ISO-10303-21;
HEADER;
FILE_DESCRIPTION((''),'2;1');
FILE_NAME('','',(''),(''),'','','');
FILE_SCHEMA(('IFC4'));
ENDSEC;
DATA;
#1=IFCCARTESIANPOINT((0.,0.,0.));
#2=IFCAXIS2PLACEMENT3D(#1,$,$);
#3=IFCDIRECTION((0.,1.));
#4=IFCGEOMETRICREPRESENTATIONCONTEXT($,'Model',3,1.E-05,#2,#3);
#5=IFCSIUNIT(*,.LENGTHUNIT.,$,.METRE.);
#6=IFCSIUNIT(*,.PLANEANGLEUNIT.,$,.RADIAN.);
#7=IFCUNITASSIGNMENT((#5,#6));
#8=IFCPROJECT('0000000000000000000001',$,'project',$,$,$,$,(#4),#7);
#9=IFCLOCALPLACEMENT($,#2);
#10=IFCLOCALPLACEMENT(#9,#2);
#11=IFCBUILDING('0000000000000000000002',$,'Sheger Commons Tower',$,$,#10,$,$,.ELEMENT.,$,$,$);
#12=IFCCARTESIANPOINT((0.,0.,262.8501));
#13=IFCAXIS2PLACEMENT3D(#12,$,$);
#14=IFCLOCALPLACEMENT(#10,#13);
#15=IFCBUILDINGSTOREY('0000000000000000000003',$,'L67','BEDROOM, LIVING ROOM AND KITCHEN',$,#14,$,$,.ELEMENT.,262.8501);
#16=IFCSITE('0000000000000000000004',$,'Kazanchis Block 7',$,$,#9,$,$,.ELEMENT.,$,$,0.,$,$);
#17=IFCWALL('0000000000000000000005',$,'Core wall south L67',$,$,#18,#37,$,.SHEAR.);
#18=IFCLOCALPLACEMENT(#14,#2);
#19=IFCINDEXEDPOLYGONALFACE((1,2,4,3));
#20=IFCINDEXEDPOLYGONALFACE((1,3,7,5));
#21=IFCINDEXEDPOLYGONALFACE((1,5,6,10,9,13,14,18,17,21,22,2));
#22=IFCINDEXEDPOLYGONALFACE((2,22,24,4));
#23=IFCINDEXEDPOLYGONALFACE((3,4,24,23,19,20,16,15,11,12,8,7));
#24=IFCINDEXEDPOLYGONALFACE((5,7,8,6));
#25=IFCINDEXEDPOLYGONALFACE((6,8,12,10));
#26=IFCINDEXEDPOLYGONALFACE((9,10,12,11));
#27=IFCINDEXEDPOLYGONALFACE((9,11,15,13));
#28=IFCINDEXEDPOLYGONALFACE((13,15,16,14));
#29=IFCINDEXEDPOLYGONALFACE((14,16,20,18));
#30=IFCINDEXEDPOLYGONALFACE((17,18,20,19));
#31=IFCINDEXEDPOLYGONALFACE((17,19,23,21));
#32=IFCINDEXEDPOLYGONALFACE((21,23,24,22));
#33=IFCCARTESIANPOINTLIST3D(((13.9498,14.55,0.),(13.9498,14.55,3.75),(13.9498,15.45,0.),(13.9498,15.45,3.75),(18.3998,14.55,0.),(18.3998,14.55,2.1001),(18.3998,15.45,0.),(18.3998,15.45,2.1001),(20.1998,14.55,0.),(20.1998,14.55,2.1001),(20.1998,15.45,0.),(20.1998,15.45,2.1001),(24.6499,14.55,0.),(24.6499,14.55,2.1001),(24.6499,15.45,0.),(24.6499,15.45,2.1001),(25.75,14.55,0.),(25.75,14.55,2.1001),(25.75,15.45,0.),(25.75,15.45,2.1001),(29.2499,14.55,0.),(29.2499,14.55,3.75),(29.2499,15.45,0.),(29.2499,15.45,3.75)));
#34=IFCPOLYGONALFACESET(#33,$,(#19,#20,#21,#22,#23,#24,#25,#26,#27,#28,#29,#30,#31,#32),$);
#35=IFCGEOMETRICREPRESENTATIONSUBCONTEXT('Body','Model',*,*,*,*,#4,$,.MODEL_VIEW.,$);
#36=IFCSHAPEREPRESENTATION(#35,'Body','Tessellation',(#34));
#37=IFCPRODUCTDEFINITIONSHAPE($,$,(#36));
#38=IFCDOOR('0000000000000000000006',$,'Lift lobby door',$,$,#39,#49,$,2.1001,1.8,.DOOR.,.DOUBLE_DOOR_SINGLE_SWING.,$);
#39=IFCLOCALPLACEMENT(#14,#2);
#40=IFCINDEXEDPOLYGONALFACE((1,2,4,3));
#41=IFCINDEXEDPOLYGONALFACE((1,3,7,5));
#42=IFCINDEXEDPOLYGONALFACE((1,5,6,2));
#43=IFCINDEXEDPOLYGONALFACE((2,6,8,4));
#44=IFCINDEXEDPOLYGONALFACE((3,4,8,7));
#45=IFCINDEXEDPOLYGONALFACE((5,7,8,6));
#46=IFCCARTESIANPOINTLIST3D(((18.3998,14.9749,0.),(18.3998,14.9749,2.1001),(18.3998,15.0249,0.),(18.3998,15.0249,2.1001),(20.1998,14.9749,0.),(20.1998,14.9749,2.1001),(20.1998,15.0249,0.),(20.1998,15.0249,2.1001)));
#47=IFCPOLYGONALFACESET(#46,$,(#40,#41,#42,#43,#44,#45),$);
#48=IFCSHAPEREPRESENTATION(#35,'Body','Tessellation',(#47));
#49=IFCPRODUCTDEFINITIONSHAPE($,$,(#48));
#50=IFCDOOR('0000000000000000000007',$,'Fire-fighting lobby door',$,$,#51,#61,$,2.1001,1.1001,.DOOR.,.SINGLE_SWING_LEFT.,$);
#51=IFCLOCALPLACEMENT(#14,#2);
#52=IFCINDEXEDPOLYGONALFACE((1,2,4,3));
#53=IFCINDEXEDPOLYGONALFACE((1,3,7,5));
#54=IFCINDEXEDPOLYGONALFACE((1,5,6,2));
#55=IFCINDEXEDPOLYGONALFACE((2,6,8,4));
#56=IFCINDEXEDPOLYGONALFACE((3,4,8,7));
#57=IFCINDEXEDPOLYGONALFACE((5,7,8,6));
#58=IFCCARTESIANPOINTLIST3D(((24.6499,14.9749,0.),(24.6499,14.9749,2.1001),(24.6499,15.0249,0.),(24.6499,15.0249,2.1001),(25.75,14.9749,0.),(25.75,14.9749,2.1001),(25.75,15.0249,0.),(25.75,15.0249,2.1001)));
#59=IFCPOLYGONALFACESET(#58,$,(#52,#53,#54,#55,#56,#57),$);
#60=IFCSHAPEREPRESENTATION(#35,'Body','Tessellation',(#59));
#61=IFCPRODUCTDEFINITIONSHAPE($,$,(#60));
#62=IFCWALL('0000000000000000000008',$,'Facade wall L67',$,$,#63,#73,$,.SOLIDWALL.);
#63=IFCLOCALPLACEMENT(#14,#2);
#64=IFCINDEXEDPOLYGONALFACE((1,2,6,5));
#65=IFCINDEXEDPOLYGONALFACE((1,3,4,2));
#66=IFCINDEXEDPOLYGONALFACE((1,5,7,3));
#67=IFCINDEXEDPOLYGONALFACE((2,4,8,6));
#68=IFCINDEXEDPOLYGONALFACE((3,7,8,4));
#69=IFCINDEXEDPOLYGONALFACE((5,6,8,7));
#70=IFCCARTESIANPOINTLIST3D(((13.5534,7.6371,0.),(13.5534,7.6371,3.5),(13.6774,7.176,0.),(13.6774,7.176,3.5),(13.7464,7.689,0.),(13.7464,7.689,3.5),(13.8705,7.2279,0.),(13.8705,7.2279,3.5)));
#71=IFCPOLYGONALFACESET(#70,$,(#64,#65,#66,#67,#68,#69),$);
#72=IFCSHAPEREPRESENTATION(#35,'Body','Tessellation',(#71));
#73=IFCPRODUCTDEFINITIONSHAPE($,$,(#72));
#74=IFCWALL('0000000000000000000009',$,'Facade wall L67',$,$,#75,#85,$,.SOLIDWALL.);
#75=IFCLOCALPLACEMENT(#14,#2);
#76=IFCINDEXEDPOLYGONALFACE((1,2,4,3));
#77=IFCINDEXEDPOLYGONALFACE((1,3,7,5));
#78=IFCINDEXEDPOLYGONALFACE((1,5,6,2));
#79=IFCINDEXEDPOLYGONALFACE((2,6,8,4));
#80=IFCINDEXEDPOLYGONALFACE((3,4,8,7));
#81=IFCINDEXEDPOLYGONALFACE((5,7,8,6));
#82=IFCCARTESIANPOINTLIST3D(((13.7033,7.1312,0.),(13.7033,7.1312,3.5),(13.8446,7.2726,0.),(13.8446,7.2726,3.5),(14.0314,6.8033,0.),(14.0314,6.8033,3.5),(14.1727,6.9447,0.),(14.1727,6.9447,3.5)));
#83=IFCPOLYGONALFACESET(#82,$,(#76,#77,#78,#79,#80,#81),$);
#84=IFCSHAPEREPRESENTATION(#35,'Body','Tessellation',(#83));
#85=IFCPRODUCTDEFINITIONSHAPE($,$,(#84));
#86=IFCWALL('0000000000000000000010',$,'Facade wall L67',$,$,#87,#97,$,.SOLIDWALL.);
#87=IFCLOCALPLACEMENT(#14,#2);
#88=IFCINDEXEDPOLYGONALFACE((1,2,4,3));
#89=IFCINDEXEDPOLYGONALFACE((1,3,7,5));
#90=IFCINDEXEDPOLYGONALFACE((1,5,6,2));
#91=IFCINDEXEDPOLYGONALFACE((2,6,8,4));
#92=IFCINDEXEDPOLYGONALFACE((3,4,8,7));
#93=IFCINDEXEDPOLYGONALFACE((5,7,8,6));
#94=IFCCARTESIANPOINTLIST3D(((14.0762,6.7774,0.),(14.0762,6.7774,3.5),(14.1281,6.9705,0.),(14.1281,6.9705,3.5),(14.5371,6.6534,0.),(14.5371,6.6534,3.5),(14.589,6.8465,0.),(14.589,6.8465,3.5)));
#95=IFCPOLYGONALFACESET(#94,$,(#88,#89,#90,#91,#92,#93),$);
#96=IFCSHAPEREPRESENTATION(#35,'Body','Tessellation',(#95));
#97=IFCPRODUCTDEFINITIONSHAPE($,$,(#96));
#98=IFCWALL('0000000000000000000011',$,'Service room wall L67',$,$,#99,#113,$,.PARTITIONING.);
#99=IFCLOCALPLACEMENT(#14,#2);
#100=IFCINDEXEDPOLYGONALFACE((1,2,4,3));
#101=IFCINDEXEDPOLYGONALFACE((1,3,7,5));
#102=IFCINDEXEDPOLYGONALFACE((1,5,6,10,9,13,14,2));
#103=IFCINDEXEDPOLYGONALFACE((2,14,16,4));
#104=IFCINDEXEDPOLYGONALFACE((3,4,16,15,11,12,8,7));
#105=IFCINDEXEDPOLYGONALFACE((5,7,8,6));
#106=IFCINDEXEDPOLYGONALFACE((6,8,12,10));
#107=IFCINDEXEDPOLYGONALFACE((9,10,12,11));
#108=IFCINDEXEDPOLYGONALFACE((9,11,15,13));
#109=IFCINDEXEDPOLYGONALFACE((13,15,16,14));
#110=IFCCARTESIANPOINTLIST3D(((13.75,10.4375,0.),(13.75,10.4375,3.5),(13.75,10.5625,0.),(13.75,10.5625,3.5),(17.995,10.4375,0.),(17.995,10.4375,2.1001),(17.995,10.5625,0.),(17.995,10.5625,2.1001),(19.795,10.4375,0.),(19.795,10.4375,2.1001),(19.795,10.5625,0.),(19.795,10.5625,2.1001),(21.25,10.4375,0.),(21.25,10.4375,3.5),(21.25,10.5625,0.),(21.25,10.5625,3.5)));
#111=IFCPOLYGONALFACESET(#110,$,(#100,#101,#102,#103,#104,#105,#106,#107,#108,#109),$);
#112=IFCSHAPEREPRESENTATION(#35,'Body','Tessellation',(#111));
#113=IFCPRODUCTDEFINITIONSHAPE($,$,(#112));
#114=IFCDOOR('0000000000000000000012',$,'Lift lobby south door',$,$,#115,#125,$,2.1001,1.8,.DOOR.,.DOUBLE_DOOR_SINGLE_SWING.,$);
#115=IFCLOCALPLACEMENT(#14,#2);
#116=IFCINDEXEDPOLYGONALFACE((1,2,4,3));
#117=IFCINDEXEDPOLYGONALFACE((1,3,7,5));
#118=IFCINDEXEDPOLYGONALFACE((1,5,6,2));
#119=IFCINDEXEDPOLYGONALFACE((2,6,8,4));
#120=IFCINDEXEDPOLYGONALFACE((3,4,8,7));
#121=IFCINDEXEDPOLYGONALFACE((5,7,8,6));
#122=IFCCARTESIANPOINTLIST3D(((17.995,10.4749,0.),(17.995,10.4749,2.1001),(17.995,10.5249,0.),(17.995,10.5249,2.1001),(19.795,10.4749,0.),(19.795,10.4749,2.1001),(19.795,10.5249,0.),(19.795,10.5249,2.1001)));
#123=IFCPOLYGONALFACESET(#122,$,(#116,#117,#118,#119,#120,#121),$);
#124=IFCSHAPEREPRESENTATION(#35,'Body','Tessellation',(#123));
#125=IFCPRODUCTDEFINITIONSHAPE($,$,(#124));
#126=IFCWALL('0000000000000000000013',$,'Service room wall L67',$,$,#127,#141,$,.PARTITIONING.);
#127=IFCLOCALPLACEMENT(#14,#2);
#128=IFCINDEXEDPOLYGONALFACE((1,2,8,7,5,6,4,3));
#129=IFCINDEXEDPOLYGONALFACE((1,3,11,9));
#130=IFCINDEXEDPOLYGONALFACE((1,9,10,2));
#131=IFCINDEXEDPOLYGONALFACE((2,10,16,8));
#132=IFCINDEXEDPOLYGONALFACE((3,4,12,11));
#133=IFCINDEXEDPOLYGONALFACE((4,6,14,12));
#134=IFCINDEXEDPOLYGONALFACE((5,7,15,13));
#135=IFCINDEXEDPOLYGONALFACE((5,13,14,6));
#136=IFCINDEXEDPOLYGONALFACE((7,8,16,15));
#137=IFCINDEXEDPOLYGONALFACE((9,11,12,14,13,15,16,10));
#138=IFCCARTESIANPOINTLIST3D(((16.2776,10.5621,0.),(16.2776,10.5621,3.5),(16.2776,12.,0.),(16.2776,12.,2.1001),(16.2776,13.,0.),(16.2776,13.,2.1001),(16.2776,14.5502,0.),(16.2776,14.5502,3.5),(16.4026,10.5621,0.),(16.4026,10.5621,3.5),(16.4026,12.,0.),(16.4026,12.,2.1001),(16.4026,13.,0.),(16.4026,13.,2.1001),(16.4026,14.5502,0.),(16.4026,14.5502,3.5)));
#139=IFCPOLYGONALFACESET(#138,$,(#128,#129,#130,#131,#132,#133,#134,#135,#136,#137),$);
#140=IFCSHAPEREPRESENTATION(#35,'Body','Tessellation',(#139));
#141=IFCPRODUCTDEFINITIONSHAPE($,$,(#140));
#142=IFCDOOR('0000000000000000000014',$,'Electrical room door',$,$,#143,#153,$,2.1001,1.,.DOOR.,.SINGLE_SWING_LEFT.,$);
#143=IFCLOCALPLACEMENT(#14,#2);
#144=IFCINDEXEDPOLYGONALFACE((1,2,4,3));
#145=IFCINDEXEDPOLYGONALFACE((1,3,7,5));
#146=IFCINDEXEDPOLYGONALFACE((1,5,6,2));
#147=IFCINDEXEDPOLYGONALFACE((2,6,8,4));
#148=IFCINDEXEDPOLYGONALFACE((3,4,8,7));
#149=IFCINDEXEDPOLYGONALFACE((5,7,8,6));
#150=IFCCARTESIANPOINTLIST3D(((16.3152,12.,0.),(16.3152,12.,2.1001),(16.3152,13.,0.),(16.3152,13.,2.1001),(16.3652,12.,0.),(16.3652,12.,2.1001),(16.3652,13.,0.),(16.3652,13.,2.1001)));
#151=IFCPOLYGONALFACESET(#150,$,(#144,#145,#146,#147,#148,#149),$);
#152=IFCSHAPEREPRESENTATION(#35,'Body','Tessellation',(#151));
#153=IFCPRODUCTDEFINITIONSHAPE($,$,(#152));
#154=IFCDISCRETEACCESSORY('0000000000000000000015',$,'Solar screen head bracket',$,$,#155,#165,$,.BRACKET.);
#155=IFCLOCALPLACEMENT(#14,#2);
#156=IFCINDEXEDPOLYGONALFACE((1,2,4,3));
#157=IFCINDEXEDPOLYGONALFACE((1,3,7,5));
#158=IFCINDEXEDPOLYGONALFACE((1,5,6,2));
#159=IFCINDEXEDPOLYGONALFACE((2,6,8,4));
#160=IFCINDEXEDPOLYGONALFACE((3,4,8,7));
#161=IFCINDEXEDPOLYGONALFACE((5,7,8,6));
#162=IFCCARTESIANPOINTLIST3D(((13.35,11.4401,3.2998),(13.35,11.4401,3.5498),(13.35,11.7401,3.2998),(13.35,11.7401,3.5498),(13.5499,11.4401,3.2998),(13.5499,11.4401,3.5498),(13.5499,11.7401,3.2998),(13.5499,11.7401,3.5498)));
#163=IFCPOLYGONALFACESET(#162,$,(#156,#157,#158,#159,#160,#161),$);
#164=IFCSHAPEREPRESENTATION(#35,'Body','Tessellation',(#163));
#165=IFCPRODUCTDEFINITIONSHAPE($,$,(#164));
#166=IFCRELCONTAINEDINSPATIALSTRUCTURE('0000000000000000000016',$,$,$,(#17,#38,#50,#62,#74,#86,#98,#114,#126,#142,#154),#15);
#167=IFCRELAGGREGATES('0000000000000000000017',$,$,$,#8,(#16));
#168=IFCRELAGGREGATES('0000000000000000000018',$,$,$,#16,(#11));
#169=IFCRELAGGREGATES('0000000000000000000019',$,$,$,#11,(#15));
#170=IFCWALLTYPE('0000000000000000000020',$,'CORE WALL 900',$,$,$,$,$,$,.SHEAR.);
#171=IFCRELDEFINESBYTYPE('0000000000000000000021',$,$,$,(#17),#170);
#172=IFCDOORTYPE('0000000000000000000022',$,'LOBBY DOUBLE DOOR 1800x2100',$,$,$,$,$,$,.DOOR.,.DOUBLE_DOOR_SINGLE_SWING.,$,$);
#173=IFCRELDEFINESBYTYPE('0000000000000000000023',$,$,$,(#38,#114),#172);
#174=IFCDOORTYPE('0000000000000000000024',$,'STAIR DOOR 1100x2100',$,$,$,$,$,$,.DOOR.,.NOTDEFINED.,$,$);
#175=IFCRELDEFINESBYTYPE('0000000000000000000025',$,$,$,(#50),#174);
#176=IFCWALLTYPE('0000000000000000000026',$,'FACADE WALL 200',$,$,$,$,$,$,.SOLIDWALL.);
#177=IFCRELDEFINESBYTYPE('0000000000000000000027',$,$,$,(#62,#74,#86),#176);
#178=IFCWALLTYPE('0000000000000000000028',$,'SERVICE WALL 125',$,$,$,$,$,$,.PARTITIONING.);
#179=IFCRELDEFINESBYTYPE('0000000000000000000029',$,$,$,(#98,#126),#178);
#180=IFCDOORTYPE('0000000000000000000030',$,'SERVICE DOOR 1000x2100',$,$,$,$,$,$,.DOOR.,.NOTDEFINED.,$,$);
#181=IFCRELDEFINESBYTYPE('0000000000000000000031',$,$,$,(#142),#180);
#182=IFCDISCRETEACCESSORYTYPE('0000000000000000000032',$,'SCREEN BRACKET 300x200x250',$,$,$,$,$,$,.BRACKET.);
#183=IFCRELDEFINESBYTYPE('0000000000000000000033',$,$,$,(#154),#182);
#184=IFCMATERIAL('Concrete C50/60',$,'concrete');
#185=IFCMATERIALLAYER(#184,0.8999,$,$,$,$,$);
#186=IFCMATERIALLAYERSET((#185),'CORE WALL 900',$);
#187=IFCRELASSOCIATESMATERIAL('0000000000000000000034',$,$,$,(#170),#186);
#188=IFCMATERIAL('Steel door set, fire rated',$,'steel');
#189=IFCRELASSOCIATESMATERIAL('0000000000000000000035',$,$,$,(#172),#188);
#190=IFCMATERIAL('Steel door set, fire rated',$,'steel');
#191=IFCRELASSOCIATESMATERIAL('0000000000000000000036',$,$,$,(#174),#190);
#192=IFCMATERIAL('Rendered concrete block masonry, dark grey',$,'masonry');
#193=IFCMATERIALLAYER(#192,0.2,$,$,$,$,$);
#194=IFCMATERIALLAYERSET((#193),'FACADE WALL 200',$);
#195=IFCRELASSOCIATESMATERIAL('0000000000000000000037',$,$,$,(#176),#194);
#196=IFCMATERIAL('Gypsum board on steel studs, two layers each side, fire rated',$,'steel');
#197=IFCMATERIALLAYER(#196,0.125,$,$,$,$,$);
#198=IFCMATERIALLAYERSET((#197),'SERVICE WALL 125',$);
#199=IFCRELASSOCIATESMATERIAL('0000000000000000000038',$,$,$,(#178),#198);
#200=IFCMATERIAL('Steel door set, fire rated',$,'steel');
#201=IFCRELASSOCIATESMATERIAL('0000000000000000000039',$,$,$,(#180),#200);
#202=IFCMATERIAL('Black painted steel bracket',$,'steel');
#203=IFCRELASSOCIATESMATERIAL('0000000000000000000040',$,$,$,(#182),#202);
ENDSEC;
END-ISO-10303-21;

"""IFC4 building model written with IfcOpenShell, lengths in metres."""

from ifc_helpers import new_model, si_unit, direction, frame, frame_2d, origin, origin_2d, place, context, subcontext, project, spatial, rectangle, extrude, material, layer, layer_set, type_object, element, fill, save


model = new_model("IFC4")

# Units and contexts
model_context = context("Model", 3, precision=1e-05, world=origin(), true_north=direction((0.0, 1.0)))
body_context = subcontext(model_context, "Body", "Model", "MODEL_VIEW")
ifc_project = project(units=[si_unit("LENGTHUNIT", "METRE"), si_unit("PLANEANGLEUNIT", "RADIAN")], contexts=[model_context])

# Site, building, storey
site_placement = place(None, origin())
site = spatial("IfcSite", under=ifc_project, at=site_placement, Name="Kazanchis Block 7", CompositionType="ELEMENT", RefElevation=0.0)
building_placement = place(site_placement, origin())
building = spatial("IfcBuilding", under=site, at=building_placement, Name="Sheger Commons Tower", CompositionType="ELEMENT")
storey_placement = place(building_placement, frame((0.0, 0.0, 262.8501)))
storey = spatial("IfcBuildingStorey", under=building, at=storey_placement, Name="L67", Description="BEDROOM, LIVING ROOM AND KITCHEN", CompositionType="ELEMENT", Elevation=262.8501)

# Wall, openings, doors
ifc_material_1 = material(Name="Concrete C50/60", Category="concrete")
ifc_layer_1 = layer(ifc_material_1, 0.8999)
ifc_layer_set_1 = layer_set([ifc_layer_1], Name="CORE WALL 900")
wall_type_1 = type_object("IfcWallType", Name="CORE WALL 900", PredefinedType="SHEAR", material=ifc_layer_set_1)
wall_1_placement = place(storey_placement, frame((13.95, 15.0, 0.0), z_axis=(0.0, 0.0, 1.0), x_axis=(1.0, 0.0, 0.0)))
wall_1 = element("IfcWall", 1, at=wall_1_placement, inside=storey, type_object=wall_type_1, Name="Core wall south L67", PredefinedType="SHEAR", context=body_context, shape_type="SweptSolid", body=[
    extrude(rectangle(XDim=15.3, YDim=0.8999, at=frame_2d((7.6499, 0.0))), origin(), (0.0, 0.0, 1.0), 3.75),
])
opening_1_placement = place(wall_1_placement, frame((4.45, 0.0, 0.0)))
opening_1 = element("IfcOpeningElement", 2, at=opening_1_placement, cuts=wall_1, PredefinedType="OPENING", context=body_context, shape_type="SweptSolid", body=[
    extrude(rectangle(XDim=1.8, YDim=2.1001, at=frame_2d((0.8999, 1.05))), frame((0.0, 0.46, 0.0), z_axis=(0.0, -1.0, 0.0), x_axis=(1.0, 0.0, 0.0)), (0.0, 0.0, 1.0), 0.9199),
])
opening_2_placement = place(wall_1_placement, frame((10.7, 0.0, 0.0)))
opening_2 = element("IfcOpeningElement", 3, at=opening_2_placement, cuts=wall_1, PredefinedType="OPENING", context=body_context, shape_type="SweptSolid", body=[
    extrude(rectangle(XDim=1.1001, YDim=2.1001, at=frame_2d((0.55, 1.05))), frame((0.0, 0.46, 0.0), z_axis=(0.0, -1.0, 0.0), x_axis=(1.0, 0.0, 0.0)), (0.0, 0.0, 1.0), 0.9199),
])
ifc_material_2 = material(Name="Steel door set, fire rated", Category="steel")
door_type_1 = type_object("IfcDoorType", Name="LOBBY DOUBLE DOOR 1800x2100", OperationType="DOUBLE_DOOR_SINGLE_SWING", PredefinedType="DOOR", material=ifc_material_2)
door_1_placement = place(opening_1_placement, origin())
door_1 = element("IfcDoor", 4, at=door_1_placement, inside=storey, type_object=door_type_1, Name="Lift lobby door", OperationType="DOUBLE_DOOR_SINGLE_SWING", OverallHeight=2.1001, OverallWidth=1.8, PredefinedType="DOOR", context=body_context, shape_type="SweptSolid", body=[
    extrude(rectangle(XDim=1.8, YDim=2.1001, at=frame_2d((0.8999, 1.05))), frame((0.0, 0.0249, 0.0), z_axis=(0.0, -1.0, 0.0), x_axis=(1.0, 0.0, 0.0)), (0.0, 0.0, 1.0), 0.05),
])
fill(opening_1, door_1)
ifc_material_3 = material(Name="Steel door set, fire rated", Category="steel")
door_type_2 = type_object("IfcDoorType", Name="STAIR DOOR 1100x2100", OperationType="NOTDEFINED", PredefinedType="DOOR", material=ifc_material_3)
door_2_placement = place(opening_2_placement, origin())
door_2 = element("IfcDoor", 5, at=door_2_placement, inside=storey, type_object=door_type_2, Name="Fire-fighting lobby door", OperationType="SINGLE_SWING_LEFT", OverallHeight=2.1001, OverallWidth=1.1001, PredefinedType="DOOR", context=body_context, shape_type="SweptSolid", body=[
    extrude(rectangle(XDim=1.1001, YDim=2.1001, at=frame_2d((0.55, 1.05))), frame((0.0, 0.0249, 0.0), z_axis=(0.0, -1.0, 0.0), x_axis=(1.0, 0.0, 0.0)), (0.0, 0.0, 1.0), 0.05),
])
fill(opening_2, door_2)

# Walls
ifc_material_4 = material(Name="Rendered concrete block masonry, dark grey", Category="masonry")
ifc_layer_2 = layer(ifc_material_4, 0.2)
ifc_layer_set_2 = layer_set([ifc_layer_2], Name="FACADE WALL 200")
wall_type_2 = type_object("IfcWallType", Name="FACADE WALL 200", PredefinedType="SOLIDWALL", material=ifc_layer_set_2)
wall_2_placement = place(storey_placement, frame((13.6499, 7.6631, 0.0), z_axis=(0.0, 0.0, 1.0), x_axis=(0.259698, -0.96569, 0.0)))
element("IfcWall", 6, at=wall_2_placement, inside=storey, type_object=wall_type_2, Name="Facade wall L67", PredefinedType="SOLIDWALL", context=body_context, shape_type="SweptSolid", body=[
    extrude(rectangle(XDim=0.4775, YDim=0.2, at=frame_2d((0.2388, 0.0))), origin(), (0.0, 0.0, 1.0), 3.5),
])
wall_3_placement = place(storey_placement, frame((13.7739, 7.2019, 0.0), z_axis=(0.0, 0.0, 1.0), x_axis=(0.70737, -0.706844, 0.0)))
element("IfcWall", 7, at=wall_3_placement, inside=storey, type_object=wall_type_2, Name="Facade wall L67", PredefinedType="SOLIDWALL", context=body_context, shape_type="SweptSolid", body=[
    extrude(rectangle(XDim=0.4639, YDim=0.2, at=frame_2d((0.2319, 0.0))), origin(), (0.0, 0.0, 1.0), 3.5),
])
wall_4_placement = place(storey_placement, frame((14.1021, 6.874, 0.0), z_axis=(0.0, 0.0, 1.0), x_axis=(0.965655, -0.259827, 0.0)))
element("IfcWall", 8, at=wall_4_placement, inside=storey, type_object=wall_type_2, Name="Facade wall L67", PredefinedType="SOLIDWALL", context=body_context, shape_type="SweptSolid", body=[
    extrude(rectangle(XDim=0.4773, YDim=0.2, at=frame_2d((0.2388, 0.0))), origin(), (0.0, 0.0, 1.0), 3.5),
])

# Walls, openings, doors
ifc_material_5 = material(Name="Gypsum board on steel studs, two layers each side, fire rated", Category="steel")
ifc_layer_3 = layer(ifc_material_5, 0.125)
ifc_layer_set_3 = layer_set([ifc_layer_3], Name="SERVICE WALL 125")
wall_type_3 = type_object("IfcWallType", Name="SERVICE WALL 125", PredefinedType="PARTITIONING", material=ifc_layer_set_3)
wall_5_placement = place(storey_placement, frame((13.75, 10.5, 0.0), z_axis=(0.0, 0.0, 1.0), x_axis=(1.0, 0.0, 0.0)))
wall_5 = element("IfcWall", 9, at=wall_5_placement, inside=storey, type_object=wall_type_3, Name="Service room wall L67", PredefinedType="PARTITIONING", context=body_context, shape_type="SweptSolid", body=[
    extrude(rectangle(XDim=7.5, YDim=0.125, at=frame_2d((3.75, 0.0))), origin(), (0.0, 0.0, 1.0), 3.5),
])
opening_3_placement = place(wall_5_placement, frame((4.2451, 0.0, 0.0)))
opening_3 = element("IfcOpeningElement", 10, at=opening_3_placement, cuts=wall_5, PredefinedType="OPENING", context=body_context, shape_type="SweptSolid", body=[
    extrude(rectangle(XDim=1.8, YDim=2.1001, at=frame_2d((0.8999, 1.05))), frame((0.0, 0.0725, 0.0), z_axis=(0.0, -1.0, 0.0), x_axis=(1.0, 0.0, 0.0)), (0.0, 0.0, 1.0), 0.145),
])
door_3_placement = place(opening_3_placement, origin())
door_3 = element("IfcDoor", 11, at=door_3_placement, inside=storey, type_object=door_type_1, Name="Lift lobby south door", OperationType="DOUBLE_DOOR_SINGLE_SWING", OverallHeight=2.1001, OverallWidth=1.8, PredefinedType="DOOR", context=body_context, shape_type="SweptSolid", body=[
    extrude(rectangle(XDim=1.8, YDim=2.1001, at=frame_2d((0.8999, 1.05))), frame((0.0, 0.0249, 0.0), z_axis=(0.0, -1.0, 0.0), x_axis=(1.0, 0.0, 0.0)), (0.0, 0.0, 1.0), 0.05),
])
fill(opening_3, door_3)
wall_6_placement = place(storey_placement, frame((16.3401, 10.562, 0.0), z_axis=(0.0, 0.0, 1.0), x_axis=(0.0, 1.0, 0.0)))
wall_6 = element("IfcWall", 12, at=wall_6_placement, inside=storey, type_object=wall_type_3, Name="Service room wall L67", PredefinedType="PARTITIONING", context=body_context, shape_type="SweptSolid", body=[
    extrude(rectangle(XDim=3.988, YDim=0.125, at=frame_2d((1.9941, 0.0))), origin(), (0.0, 0.0, 1.0), 3.5),
])
opening_4_placement = place(wall_6_placement, frame((1.438, 0.0, 0.0)))
opening_4 = element("IfcOpeningElement", 13, at=opening_4_placement, cuts=wall_6, PredefinedType="OPENING", context=body_context, shape_type="SweptSolid", body=[
    extrude(rectangle(XDim=1.0, YDim=2.1001, at=frame_2d((0.5, 1.05))), frame((0.0, 0.0725, 0.0), z_axis=(0.0, -1.0, 0.0), x_axis=(1.0, 0.0, 0.0)), (0.0, 0.0, 1.0), 0.145),
])
ifc_material_6 = material(Name="Steel door set, fire rated", Category="steel")
door_type_3 = type_object("IfcDoorType", Name="SERVICE DOOR 1000x2100", OperationType="NOTDEFINED", PredefinedType="DOOR", material=ifc_material_6)
door_4_placement = place(opening_4_placement, origin())
door_4 = element("IfcDoor", 14, at=door_4_placement, inside=storey, type_object=door_type_3, Name="Electrical room door", OperationType="SINGLE_SWING_LEFT", OverallHeight=2.1001, OverallWidth=1.0, PredefinedType="DOOR", context=body_context, shape_type="SweptSolid", body=[
    extrude(rectangle(XDim=1.0, YDim=2.1001, at=frame_2d((0.5, 1.05))), frame((0.0, 0.0249, 0.0), z_axis=(0.0, -1.0, 0.0), x_axis=(1.0, 0.0, 0.0)), (0.0, 0.0, 1.0), 0.05),
])
fill(opening_4, door_4)

# Discrete accessory
ifc_material_7 = material(Name="Black painted steel bracket", Category="steel")
discrete_accessory_type = type_object("IfcDiscreteAccessoryType", Name="SCREEN BRACKET 300x200x250", PredefinedType="BRACKET", material=ifc_material_7)
discrete_accessory_placement = place(storey_placement, frame((13.45, 11.5901, 3.2998), z_axis=(0.0, 0.0, 1.0), x_axis=(0.0, -1.0, 0.0)))
element("IfcDiscreteAccessory", 15, at=discrete_accessory_placement, inside=storey, type_object=discrete_accessory_type, Name="Solar screen head bracket", PredefinedType="BRACKET", context=body_context, shape_type="SweptSolid", body=[
    extrude(rectangle(XDim=0.3, YDim=0.2, at=origin_2d()), origin(), (0.0, 0.0, 1.0), 0.25),
])

save(model, "model.ifc")
